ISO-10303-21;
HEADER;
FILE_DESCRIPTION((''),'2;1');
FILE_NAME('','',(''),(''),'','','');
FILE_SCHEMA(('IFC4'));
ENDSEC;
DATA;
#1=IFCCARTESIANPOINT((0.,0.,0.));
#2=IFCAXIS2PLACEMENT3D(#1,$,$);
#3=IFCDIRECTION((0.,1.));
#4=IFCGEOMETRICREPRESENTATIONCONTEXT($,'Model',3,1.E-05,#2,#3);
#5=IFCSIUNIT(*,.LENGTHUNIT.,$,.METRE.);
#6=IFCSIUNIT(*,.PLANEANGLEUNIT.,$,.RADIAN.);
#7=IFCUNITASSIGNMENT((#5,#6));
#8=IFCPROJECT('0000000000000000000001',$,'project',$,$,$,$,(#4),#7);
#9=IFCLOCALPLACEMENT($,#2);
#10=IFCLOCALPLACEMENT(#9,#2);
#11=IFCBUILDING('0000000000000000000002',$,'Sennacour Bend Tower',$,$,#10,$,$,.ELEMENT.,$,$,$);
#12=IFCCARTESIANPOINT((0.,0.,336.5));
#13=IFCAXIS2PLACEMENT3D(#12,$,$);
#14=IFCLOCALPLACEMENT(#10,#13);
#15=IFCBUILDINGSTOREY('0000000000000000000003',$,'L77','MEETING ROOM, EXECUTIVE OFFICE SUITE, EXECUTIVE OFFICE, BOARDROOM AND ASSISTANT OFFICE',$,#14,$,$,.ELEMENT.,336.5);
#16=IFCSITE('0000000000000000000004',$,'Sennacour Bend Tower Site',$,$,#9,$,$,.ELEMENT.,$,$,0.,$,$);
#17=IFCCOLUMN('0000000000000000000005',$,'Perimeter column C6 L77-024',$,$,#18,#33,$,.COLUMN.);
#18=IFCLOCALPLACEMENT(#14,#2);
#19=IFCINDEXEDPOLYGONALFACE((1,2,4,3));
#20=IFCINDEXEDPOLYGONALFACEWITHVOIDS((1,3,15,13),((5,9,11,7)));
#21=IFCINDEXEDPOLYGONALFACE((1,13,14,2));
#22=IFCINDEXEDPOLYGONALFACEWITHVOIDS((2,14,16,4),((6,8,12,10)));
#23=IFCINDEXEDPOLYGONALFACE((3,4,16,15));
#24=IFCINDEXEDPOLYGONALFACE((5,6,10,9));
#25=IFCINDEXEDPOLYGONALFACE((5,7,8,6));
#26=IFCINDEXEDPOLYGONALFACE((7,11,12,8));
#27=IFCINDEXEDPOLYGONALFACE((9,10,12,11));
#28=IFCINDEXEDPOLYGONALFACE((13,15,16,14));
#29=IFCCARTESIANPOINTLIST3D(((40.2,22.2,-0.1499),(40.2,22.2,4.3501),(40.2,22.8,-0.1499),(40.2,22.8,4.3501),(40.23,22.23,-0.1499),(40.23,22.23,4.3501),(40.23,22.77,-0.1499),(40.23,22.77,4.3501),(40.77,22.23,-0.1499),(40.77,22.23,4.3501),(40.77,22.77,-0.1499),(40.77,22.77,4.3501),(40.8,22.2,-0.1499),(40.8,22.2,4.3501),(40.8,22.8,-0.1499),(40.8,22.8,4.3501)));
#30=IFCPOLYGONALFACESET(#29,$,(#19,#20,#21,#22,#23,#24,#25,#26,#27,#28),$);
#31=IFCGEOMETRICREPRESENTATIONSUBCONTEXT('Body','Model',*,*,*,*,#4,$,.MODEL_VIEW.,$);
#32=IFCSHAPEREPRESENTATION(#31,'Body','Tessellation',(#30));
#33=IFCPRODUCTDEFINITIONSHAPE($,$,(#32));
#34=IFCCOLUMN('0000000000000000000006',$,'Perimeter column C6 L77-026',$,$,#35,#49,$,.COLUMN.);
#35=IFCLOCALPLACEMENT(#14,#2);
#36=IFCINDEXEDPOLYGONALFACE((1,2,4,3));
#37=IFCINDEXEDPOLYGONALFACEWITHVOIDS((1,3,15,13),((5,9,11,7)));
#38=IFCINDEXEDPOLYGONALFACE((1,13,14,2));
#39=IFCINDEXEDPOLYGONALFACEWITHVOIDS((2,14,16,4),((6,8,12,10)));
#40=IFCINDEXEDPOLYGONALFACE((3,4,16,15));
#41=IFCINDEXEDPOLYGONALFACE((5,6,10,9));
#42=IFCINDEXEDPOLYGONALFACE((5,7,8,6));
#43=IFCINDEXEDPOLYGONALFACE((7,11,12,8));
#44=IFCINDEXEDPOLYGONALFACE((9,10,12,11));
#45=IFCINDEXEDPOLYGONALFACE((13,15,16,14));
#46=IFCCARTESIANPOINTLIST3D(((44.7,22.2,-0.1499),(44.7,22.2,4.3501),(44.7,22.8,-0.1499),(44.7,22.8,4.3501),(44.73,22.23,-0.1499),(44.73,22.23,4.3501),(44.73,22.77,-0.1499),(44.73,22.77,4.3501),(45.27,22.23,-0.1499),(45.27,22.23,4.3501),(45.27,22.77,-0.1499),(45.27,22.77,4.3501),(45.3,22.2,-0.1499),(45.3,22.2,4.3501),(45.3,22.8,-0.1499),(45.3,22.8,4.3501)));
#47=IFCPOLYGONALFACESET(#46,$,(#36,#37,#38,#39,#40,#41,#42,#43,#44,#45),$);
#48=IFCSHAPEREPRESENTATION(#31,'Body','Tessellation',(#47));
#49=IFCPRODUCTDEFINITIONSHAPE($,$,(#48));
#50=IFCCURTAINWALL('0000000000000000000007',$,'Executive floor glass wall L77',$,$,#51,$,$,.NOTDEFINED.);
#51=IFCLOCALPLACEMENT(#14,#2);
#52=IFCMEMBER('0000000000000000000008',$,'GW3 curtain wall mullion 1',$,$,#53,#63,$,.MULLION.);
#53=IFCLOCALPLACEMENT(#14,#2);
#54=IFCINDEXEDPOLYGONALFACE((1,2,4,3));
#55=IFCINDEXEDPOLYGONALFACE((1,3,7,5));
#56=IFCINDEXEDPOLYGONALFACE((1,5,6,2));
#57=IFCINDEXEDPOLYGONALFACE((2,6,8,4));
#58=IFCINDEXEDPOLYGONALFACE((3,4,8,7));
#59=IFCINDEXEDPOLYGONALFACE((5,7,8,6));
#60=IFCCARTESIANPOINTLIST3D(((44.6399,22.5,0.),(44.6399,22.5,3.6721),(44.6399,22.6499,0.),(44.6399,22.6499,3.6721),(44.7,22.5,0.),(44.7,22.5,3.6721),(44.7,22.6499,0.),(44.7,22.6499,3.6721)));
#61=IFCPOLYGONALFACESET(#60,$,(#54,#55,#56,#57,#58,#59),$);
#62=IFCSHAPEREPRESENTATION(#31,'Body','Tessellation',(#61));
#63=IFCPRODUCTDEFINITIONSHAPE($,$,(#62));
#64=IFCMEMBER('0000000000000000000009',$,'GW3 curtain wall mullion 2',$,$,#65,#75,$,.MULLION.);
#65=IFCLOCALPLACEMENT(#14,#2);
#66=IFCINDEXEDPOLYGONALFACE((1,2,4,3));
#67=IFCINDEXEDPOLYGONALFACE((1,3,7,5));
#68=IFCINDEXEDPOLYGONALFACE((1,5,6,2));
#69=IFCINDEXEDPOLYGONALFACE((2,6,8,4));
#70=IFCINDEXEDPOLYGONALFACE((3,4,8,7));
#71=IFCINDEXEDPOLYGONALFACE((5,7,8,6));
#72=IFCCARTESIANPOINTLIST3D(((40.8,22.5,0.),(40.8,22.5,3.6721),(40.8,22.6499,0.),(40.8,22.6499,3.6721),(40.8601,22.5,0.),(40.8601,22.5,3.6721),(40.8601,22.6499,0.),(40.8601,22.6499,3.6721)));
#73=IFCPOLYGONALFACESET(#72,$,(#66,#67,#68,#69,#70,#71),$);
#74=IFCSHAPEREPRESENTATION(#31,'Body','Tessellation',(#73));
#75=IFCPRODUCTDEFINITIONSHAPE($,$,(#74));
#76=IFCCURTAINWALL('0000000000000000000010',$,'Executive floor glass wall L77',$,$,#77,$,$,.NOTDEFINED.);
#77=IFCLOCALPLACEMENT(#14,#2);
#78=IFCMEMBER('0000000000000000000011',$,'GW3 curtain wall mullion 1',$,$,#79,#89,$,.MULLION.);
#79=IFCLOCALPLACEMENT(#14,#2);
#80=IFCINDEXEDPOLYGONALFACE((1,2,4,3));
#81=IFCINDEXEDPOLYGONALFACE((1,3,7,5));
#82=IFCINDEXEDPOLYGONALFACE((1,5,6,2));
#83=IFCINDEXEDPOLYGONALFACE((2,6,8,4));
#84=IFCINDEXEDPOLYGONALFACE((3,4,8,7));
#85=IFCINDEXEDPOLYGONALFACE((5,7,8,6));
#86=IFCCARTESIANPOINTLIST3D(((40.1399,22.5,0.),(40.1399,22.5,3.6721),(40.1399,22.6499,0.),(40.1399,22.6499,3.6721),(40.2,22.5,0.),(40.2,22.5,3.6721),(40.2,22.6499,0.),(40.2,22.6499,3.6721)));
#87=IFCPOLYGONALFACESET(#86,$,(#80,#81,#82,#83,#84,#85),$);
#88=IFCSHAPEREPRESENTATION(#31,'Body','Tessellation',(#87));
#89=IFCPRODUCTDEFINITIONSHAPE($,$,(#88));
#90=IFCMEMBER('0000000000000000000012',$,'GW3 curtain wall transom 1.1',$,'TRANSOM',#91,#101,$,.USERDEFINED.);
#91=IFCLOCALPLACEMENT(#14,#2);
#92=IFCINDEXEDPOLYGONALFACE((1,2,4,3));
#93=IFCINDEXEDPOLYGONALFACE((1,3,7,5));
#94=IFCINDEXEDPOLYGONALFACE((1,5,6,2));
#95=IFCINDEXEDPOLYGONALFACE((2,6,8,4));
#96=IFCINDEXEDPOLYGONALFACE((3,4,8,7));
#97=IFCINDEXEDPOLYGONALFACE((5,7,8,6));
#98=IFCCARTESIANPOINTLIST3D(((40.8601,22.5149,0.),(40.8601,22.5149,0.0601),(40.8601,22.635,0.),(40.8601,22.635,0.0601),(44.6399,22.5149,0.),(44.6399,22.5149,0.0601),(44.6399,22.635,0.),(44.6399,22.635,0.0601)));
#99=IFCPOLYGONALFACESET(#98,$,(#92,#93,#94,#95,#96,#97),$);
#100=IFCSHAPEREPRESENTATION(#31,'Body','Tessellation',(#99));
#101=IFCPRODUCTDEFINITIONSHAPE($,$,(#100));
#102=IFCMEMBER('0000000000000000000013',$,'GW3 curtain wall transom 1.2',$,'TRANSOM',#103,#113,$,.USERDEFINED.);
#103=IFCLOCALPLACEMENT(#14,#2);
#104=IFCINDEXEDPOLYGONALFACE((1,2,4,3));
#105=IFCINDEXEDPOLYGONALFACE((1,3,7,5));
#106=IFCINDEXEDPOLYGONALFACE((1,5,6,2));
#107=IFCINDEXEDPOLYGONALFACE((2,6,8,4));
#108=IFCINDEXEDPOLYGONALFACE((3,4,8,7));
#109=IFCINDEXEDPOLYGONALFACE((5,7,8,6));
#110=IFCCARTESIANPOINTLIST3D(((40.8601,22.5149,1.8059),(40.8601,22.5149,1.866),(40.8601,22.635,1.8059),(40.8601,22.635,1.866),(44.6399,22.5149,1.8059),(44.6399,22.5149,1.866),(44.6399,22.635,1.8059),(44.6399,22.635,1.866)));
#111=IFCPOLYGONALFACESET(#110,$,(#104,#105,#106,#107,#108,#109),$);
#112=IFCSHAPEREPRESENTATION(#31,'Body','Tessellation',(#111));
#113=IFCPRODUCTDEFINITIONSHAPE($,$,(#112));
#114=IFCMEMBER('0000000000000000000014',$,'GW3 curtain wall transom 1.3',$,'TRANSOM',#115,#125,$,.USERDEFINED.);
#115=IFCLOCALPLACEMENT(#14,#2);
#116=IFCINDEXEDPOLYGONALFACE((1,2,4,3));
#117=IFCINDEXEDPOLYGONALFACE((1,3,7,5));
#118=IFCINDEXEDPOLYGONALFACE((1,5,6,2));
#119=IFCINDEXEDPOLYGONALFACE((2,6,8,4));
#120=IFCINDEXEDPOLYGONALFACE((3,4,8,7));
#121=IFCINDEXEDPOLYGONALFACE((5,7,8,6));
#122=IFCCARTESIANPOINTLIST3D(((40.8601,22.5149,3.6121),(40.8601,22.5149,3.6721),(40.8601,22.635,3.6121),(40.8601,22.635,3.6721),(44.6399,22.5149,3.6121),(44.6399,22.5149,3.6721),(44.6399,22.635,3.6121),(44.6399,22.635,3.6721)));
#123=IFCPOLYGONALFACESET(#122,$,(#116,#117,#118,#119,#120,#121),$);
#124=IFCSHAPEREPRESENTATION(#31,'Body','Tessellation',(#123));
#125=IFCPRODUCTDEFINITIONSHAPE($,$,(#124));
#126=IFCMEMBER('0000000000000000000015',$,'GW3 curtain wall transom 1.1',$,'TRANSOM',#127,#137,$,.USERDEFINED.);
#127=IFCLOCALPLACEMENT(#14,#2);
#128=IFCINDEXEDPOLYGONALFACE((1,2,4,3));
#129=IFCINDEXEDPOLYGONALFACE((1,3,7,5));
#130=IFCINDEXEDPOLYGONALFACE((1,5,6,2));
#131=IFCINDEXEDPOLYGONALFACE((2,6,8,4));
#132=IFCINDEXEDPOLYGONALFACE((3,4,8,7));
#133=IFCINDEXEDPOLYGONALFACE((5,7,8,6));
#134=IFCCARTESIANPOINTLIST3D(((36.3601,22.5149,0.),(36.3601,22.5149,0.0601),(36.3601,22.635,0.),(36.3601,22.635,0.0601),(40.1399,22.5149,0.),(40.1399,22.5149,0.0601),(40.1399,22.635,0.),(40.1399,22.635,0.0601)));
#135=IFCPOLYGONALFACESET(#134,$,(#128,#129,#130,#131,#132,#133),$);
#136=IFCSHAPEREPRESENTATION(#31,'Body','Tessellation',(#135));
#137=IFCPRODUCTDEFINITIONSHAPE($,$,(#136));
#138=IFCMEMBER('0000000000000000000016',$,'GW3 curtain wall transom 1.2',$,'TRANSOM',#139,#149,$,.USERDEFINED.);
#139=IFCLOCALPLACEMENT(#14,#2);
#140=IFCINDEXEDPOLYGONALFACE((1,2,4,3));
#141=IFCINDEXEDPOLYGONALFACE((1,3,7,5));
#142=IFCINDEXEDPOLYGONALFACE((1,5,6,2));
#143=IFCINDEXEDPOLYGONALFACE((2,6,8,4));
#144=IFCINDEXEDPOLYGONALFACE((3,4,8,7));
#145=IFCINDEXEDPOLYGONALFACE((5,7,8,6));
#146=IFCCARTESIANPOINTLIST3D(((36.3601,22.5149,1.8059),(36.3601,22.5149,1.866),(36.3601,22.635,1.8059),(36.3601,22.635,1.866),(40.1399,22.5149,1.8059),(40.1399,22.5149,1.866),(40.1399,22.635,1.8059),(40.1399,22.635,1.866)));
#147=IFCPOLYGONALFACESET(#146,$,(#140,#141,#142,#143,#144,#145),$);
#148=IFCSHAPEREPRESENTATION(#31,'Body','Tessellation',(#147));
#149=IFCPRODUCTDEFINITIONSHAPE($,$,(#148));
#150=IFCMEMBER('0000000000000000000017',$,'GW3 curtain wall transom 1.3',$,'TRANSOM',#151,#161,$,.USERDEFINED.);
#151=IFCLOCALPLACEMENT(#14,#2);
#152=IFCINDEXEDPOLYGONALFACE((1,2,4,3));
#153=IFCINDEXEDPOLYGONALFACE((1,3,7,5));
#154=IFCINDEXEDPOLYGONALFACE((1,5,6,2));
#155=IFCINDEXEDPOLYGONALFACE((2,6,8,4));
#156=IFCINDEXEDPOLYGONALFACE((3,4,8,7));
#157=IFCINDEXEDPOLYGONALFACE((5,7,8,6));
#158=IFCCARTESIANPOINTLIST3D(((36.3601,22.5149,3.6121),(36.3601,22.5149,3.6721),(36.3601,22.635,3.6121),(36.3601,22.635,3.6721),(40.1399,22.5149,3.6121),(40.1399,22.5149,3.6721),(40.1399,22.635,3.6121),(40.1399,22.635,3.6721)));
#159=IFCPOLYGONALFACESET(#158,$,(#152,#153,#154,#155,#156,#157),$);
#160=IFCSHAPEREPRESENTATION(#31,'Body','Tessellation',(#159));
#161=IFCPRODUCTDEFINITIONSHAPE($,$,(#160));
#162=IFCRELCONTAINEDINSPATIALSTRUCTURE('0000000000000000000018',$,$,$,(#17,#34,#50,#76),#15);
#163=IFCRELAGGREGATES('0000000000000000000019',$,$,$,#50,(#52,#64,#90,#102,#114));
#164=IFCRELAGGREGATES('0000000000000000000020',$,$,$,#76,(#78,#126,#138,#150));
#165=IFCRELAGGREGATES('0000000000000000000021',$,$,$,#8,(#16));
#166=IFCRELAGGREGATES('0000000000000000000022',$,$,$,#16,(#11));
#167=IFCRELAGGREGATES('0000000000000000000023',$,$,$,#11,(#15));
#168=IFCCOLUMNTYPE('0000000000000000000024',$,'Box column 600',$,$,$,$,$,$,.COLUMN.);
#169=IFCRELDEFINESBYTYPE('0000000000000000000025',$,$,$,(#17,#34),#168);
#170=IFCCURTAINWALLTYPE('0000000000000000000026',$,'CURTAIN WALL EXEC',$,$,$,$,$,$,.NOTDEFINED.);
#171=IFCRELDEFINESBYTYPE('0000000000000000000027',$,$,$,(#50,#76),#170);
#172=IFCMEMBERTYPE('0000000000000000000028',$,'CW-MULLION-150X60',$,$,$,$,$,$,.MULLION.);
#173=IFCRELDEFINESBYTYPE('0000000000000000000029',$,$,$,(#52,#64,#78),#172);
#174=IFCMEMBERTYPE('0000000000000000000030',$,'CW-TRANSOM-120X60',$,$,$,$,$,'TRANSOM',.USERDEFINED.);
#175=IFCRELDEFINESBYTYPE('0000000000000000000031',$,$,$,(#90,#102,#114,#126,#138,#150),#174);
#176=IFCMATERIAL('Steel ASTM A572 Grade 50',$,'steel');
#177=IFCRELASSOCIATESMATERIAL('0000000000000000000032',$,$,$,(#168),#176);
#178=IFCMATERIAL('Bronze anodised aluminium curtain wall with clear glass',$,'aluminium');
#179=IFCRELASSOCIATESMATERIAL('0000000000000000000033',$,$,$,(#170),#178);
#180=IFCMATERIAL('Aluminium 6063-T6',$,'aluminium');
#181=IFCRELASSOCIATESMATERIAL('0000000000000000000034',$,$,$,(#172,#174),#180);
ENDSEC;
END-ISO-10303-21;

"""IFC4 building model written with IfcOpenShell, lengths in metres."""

from ifc_helpers import new_model, si_unit, direction, frame, origin, origin_2d, place, context, subcontext, project, spatial, rectangle, hollow_rectangle, extrude, material, material_profile, profile_set, type_object, element, aggregate, save


model = new_model("IFC4")

# Units and contexts
model_context = context("Model", 3, precision=1e-05, world=origin(), true_north=direction((0.0, 1.0)))
body_context = subcontext(model_context, "Body", "Model", "MODEL_VIEW")
ifc_project = project(units=[si_unit("LENGTHUNIT", "METRE"), si_unit("PLANEANGLEUNIT", "RADIAN")], contexts=[model_context])

# Site, building, storey
site_placement = place(None, origin())
site = spatial("IfcSite", under=ifc_project, at=site_placement, Name="Sennacour Bend Tower Site", CompositionType="ELEMENT", RefElevation=0.0)
building_placement = place(site_placement, origin())
building = spatial("IfcBuilding", under=site, at=building_placement, Name="Sennacour Bend Tower", CompositionType="ELEMENT")
storey_placement = place(building_placement, frame((0.0, 0.0, 336.5)))
storey = spatial("IfcBuildingStorey", under=building, at=storey_placement, Name="L77", Description="MEETING ROOM, EXECUTIVE OFFICE SUITE, EXECUTIVE OFFICE, BOARDROOM AND ASSISTANT OFFICE", CompositionType="ELEMENT", Elevation=336.5)

# Columns
ifc_material_1 = material(Name="Steel ASTM A572 Grade 50", Category="steel")
ifc_material_profile_1 = material_profile(ifc_material_1, hollow_rectangle(XDim=0.6001, YDim=0.6001, WallThickness=0.03, at=origin_2d()), Name="Steel ASTM A572 Grade 50", Category="steel")
ifc_profile_set_1 = profile_set([ifc_material_profile_1], Name="Steel ASTM A572 Grade 50")
column_type = type_object("IfcColumnType", Name="Box column 600", PredefinedType="COLUMN", material=ifc_profile_set_1)
for number, where, z_axis, x_axis, name in (
    (1, (40.5, 22.5, -0.1499), (0.0, 0.0, 1.0), (1.0, 0.0, 0.0), "Perimeter column C6 L77-024"),
    (2, (45.0, 22.5, -0.1499), (0.0, 0.0, 1.0), (1.0, 0.0, 0.0), "Perimeter column C6 L77-026"),
):
    element("IfcColumn", number, at=place(storey_placement, frame(where, z_axis=z_axis, x_axis=x_axis)), inside=storey, type_object=column_type, Name=name, PredefinedType="COLUMN", context=body_context, shape_type="SweptSolid", body=[
        extrude(hollow_rectangle(XDim=0.6001, YDim=0.6001, WallThickness=0.03, at=origin_2d()), origin(), (0.0, 0.0, 1.0), 4.5),
    ])

# Curtain wall, members
ifc_material_2 = material(Name="Bronze anodised aluminium curtain wall with clear glass", Category="aluminium")
curtain_wall_type = type_object("IfcCurtainWallType", Name="CURTAIN WALL EXEC", PredefinedType="NOTDEFINED", material=ifc_material_2)
curtain_wall_1_placement = place(storey_placement, origin())
curtain_wall_1 = element("IfcCurtainWall", 3, at=curtain_wall_1_placement, inside=storey, type_object=curtain_wall_type, Name="Executive floor glass wall L77", PredefinedType="NOTDEFINED")
ifc_material_3 = material(Name="Aluminium 6063-T6", Category="aluminium")
ifc_material_profile_2 = material_profile(ifc_material_3, rectangle(XDim=0.1499, YDim=0.0601, at=origin_2d()), Name="Aluminium 6063-T6", Category="aluminium")
ifc_profile_set_2 = profile_set([ifc_material_profile_2], Name="Aluminium 6063-T6")
member_type_1 = type_object("IfcMemberType", Name="CW-MULLION-150X60", PredefinedType="MULLION", material=ifc_profile_set_2)
member_1_placement = place(storey_placement, frame((44.6699, 22.575, 0.0), z_axis=(0.0, 0.0, 1.0), x_axis=(0.0, -1.0, 0.0)))
member_1 = element("IfcMember", 4, at=member_1_placement, type_object=member_type_1, Name="GW3 curtain wall mullion 1", PredefinedType="MULLION", context=body_context, shape_type="SweptSolid", body=[
    extrude(rectangle(XDim=0.1499, YDim=0.0601, at=origin_2d()), origin(), (0.0, 0.0, 1.0), 3.6721),
])
member_2_placement = place(storey_placement, frame((40.8301, 22.575, 0.0), z_axis=(0.0, 0.0, 1.0), x_axis=(0.0, -1.0, 0.0)))
member_2 = element("IfcMember", 5, at=member_2_placement, type_object=member_type_1, Name="GW3 curtain wall mullion 2", PredefinedType="MULLION", context=body_context, shape_type="SweptSolid", body=[
    extrude(rectangle(XDim=0.1499, YDim=0.0601, at=origin_2d()), origin(), (0.0, 0.0, 1.0), 3.6721),
])

# Curtain wall, member
curtain_wall_2_placement = place(storey_placement, origin())
curtain_wall_2 = element("IfcCurtainWall", 6, at=curtain_wall_2_placement, inside=storey, type_object=curtain_wall_type, Name="Executive floor glass wall L77", PredefinedType="NOTDEFINED")
member_3_placement = place(storey_placement, frame((40.1699, 22.575, 0.0), z_axis=(0.0, 0.0, 1.0), x_axis=(0.0, -1.0, 0.0)))
member_3 = element("IfcMember", 7, at=member_3_placement, type_object=member_type_1, Name="GW3 curtain wall mullion 1", PredefinedType="MULLION", context=body_context, shape_type="SweptSolid", body=[
    extrude(rectangle(XDim=0.1499, YDim=0.0601, at=origin_2d()), origin(), (0.0, 0.0, 1.0), 3.6721),
])

# Members
ifc_material_profile_3 = material_profile(ifc_material_3, rectangle(XDim=0.1201, YDim=0.0601, at=origin_2d()), Name="Aluminium 6063-T6", Category="aluminium")
ifc_profile_set_3 = profile_set([ifc_material_profile_3], Name="Aluminium 6063-T6")
member_type_2 = type_object("IfcMemberType", Name="CW-TRANSOM-120X60", ElementType="TRANSOM", PredefinedType="USERDEFINED", material=ifc_profile_set_3)
member_4_placement = place(storey_placement, frame((44.6399, 22.575, 0.03), z_axis=(-1.0, 0.0, 0.0), x_axis=(0.0, -1.0, 0.0)))
member_4 = element("IfcMember", 8, at=member_4_placement, type_object=member_type_2, Name="GW3 curtain wall transom 1.1", ObjectType="TRANSOM", PredefinedType="USERDEFINED", context=body_context, shape_type="SweptSolid", body=[
    extrude(rectangle(XDim=0.1201, YDim=0.0601, at=origin_2d()), origin(), (0.0, 0.0, 1.0), 3.7798),
])
member_5_placement = place(storey_placement, frame((44.6399, 22.575, 1.8359), z_axis=(-1.0, 0.0, 0.0), x_axis=(0.0, -1.0, 0.0)))
member_5 = element("IfcMember", 9, at=member_5_placement, type_object=member_type_2, Name="GW3 curtain wall transom 1.2", ObjectType="TRANSOM", PredefinedType="USERDEFINED", context=body_context, shape_type="SweptSolid", body=[
    extrude(rectangle(XDim=0.1201, YDim=0.0601, at=origin_2d()), origin(), (0.0, 0.0, 1.0), 3.7798),
])
member_6_placement = place(storey_placement, frame((44.6399, 22.575, 3.6421), z_axis=(-1.0, 0.0, 0.0), x_axis=(0.0, -1.0, 0.0)))
member_6 = element("IfcMember", 10, at=member_6_placement, type_object=member_type_2, Name="GW3 curtain wall transom 1.3", ObjectType="TRANSOM", PredefinedType="USERDEFINED", context=body_context, shape_type="SweptSolid", body=[
    extrude(rectangle(XDim=0.1201, YDim=0.0601, at=origin_2d()), origin(), (0.0, 0.0, 1.0), 3.7798),
])
member_7_placement = place(storey_placement, frame((40.1399, 22.575, 0.03), z_axis=(-1.0, 0.0, 0.0), x_axis=(0.0, -1.0, 0.0)))
member_7 = element("IfcMember", 11, at=member_7_placement, type_object=member_type_2, Name="GW3 curtain wall transom 1.1", ObjectType="TRANSOM", PredefinedType="USERDEFINED", context=body_context, shape_type="SweptSolid", body=[
    extrude(rectangle(XDim=0.1201, YDim=0.0601, at=origin_2d()), origin(), (0.0, 0.0, 1.0), 3.7798),
])
member_8_placement = place(storey_placement, frame((40.1399, 22.575, 1.8359), z_axis=(-1.0, 0.0, 0.0), x_axis=(0.0, -1.0, 0.0)))
member_8 = element("IfcMember", 12, at=member_8_placement, type_object=member_type_2, Name="GW3 curtain wall transom 1.2", ObjectType="TRANSOM", PredefinedType="USERDEFINED", context=body_context, shape_type="SweptSolid", body=[
    extrude(rectangle(XDim=0.1201, YDim=0.0601, at=origin_2d()), origin(), (0.0, 0.0, 1.0), 3.7798),
])
member_9_placement = place(storey_placement, frame((40.1399, 22.575, 3.6421), z_axis=(-1.0, 0.0, 0.0), x_axis=(0.0, -1.0, 0.0)))
member_9 = element("IfcMember", 13, at=member_9_placement, type_object=member_type_2, Name="GW3 curtain wall transom 1.3", ObjectType="TRANSOM", PredefinedType="USERDEFINED", context=body_context, shape_type="SweptSolid", body=[
    extrude(rectangle(XDim=0.1201, YDim=0.0601, at=origin_2d()), origin(), (0.0, 0.0, 1.0), 3.7798),
])

aggregate(curtain_wall_1, [member_1, member_2, member_4, member_5, member_6])
aggregate(curtain_wall_2, [member_3, member_7, member_8, member_9])

save(model, "model.ifc")
